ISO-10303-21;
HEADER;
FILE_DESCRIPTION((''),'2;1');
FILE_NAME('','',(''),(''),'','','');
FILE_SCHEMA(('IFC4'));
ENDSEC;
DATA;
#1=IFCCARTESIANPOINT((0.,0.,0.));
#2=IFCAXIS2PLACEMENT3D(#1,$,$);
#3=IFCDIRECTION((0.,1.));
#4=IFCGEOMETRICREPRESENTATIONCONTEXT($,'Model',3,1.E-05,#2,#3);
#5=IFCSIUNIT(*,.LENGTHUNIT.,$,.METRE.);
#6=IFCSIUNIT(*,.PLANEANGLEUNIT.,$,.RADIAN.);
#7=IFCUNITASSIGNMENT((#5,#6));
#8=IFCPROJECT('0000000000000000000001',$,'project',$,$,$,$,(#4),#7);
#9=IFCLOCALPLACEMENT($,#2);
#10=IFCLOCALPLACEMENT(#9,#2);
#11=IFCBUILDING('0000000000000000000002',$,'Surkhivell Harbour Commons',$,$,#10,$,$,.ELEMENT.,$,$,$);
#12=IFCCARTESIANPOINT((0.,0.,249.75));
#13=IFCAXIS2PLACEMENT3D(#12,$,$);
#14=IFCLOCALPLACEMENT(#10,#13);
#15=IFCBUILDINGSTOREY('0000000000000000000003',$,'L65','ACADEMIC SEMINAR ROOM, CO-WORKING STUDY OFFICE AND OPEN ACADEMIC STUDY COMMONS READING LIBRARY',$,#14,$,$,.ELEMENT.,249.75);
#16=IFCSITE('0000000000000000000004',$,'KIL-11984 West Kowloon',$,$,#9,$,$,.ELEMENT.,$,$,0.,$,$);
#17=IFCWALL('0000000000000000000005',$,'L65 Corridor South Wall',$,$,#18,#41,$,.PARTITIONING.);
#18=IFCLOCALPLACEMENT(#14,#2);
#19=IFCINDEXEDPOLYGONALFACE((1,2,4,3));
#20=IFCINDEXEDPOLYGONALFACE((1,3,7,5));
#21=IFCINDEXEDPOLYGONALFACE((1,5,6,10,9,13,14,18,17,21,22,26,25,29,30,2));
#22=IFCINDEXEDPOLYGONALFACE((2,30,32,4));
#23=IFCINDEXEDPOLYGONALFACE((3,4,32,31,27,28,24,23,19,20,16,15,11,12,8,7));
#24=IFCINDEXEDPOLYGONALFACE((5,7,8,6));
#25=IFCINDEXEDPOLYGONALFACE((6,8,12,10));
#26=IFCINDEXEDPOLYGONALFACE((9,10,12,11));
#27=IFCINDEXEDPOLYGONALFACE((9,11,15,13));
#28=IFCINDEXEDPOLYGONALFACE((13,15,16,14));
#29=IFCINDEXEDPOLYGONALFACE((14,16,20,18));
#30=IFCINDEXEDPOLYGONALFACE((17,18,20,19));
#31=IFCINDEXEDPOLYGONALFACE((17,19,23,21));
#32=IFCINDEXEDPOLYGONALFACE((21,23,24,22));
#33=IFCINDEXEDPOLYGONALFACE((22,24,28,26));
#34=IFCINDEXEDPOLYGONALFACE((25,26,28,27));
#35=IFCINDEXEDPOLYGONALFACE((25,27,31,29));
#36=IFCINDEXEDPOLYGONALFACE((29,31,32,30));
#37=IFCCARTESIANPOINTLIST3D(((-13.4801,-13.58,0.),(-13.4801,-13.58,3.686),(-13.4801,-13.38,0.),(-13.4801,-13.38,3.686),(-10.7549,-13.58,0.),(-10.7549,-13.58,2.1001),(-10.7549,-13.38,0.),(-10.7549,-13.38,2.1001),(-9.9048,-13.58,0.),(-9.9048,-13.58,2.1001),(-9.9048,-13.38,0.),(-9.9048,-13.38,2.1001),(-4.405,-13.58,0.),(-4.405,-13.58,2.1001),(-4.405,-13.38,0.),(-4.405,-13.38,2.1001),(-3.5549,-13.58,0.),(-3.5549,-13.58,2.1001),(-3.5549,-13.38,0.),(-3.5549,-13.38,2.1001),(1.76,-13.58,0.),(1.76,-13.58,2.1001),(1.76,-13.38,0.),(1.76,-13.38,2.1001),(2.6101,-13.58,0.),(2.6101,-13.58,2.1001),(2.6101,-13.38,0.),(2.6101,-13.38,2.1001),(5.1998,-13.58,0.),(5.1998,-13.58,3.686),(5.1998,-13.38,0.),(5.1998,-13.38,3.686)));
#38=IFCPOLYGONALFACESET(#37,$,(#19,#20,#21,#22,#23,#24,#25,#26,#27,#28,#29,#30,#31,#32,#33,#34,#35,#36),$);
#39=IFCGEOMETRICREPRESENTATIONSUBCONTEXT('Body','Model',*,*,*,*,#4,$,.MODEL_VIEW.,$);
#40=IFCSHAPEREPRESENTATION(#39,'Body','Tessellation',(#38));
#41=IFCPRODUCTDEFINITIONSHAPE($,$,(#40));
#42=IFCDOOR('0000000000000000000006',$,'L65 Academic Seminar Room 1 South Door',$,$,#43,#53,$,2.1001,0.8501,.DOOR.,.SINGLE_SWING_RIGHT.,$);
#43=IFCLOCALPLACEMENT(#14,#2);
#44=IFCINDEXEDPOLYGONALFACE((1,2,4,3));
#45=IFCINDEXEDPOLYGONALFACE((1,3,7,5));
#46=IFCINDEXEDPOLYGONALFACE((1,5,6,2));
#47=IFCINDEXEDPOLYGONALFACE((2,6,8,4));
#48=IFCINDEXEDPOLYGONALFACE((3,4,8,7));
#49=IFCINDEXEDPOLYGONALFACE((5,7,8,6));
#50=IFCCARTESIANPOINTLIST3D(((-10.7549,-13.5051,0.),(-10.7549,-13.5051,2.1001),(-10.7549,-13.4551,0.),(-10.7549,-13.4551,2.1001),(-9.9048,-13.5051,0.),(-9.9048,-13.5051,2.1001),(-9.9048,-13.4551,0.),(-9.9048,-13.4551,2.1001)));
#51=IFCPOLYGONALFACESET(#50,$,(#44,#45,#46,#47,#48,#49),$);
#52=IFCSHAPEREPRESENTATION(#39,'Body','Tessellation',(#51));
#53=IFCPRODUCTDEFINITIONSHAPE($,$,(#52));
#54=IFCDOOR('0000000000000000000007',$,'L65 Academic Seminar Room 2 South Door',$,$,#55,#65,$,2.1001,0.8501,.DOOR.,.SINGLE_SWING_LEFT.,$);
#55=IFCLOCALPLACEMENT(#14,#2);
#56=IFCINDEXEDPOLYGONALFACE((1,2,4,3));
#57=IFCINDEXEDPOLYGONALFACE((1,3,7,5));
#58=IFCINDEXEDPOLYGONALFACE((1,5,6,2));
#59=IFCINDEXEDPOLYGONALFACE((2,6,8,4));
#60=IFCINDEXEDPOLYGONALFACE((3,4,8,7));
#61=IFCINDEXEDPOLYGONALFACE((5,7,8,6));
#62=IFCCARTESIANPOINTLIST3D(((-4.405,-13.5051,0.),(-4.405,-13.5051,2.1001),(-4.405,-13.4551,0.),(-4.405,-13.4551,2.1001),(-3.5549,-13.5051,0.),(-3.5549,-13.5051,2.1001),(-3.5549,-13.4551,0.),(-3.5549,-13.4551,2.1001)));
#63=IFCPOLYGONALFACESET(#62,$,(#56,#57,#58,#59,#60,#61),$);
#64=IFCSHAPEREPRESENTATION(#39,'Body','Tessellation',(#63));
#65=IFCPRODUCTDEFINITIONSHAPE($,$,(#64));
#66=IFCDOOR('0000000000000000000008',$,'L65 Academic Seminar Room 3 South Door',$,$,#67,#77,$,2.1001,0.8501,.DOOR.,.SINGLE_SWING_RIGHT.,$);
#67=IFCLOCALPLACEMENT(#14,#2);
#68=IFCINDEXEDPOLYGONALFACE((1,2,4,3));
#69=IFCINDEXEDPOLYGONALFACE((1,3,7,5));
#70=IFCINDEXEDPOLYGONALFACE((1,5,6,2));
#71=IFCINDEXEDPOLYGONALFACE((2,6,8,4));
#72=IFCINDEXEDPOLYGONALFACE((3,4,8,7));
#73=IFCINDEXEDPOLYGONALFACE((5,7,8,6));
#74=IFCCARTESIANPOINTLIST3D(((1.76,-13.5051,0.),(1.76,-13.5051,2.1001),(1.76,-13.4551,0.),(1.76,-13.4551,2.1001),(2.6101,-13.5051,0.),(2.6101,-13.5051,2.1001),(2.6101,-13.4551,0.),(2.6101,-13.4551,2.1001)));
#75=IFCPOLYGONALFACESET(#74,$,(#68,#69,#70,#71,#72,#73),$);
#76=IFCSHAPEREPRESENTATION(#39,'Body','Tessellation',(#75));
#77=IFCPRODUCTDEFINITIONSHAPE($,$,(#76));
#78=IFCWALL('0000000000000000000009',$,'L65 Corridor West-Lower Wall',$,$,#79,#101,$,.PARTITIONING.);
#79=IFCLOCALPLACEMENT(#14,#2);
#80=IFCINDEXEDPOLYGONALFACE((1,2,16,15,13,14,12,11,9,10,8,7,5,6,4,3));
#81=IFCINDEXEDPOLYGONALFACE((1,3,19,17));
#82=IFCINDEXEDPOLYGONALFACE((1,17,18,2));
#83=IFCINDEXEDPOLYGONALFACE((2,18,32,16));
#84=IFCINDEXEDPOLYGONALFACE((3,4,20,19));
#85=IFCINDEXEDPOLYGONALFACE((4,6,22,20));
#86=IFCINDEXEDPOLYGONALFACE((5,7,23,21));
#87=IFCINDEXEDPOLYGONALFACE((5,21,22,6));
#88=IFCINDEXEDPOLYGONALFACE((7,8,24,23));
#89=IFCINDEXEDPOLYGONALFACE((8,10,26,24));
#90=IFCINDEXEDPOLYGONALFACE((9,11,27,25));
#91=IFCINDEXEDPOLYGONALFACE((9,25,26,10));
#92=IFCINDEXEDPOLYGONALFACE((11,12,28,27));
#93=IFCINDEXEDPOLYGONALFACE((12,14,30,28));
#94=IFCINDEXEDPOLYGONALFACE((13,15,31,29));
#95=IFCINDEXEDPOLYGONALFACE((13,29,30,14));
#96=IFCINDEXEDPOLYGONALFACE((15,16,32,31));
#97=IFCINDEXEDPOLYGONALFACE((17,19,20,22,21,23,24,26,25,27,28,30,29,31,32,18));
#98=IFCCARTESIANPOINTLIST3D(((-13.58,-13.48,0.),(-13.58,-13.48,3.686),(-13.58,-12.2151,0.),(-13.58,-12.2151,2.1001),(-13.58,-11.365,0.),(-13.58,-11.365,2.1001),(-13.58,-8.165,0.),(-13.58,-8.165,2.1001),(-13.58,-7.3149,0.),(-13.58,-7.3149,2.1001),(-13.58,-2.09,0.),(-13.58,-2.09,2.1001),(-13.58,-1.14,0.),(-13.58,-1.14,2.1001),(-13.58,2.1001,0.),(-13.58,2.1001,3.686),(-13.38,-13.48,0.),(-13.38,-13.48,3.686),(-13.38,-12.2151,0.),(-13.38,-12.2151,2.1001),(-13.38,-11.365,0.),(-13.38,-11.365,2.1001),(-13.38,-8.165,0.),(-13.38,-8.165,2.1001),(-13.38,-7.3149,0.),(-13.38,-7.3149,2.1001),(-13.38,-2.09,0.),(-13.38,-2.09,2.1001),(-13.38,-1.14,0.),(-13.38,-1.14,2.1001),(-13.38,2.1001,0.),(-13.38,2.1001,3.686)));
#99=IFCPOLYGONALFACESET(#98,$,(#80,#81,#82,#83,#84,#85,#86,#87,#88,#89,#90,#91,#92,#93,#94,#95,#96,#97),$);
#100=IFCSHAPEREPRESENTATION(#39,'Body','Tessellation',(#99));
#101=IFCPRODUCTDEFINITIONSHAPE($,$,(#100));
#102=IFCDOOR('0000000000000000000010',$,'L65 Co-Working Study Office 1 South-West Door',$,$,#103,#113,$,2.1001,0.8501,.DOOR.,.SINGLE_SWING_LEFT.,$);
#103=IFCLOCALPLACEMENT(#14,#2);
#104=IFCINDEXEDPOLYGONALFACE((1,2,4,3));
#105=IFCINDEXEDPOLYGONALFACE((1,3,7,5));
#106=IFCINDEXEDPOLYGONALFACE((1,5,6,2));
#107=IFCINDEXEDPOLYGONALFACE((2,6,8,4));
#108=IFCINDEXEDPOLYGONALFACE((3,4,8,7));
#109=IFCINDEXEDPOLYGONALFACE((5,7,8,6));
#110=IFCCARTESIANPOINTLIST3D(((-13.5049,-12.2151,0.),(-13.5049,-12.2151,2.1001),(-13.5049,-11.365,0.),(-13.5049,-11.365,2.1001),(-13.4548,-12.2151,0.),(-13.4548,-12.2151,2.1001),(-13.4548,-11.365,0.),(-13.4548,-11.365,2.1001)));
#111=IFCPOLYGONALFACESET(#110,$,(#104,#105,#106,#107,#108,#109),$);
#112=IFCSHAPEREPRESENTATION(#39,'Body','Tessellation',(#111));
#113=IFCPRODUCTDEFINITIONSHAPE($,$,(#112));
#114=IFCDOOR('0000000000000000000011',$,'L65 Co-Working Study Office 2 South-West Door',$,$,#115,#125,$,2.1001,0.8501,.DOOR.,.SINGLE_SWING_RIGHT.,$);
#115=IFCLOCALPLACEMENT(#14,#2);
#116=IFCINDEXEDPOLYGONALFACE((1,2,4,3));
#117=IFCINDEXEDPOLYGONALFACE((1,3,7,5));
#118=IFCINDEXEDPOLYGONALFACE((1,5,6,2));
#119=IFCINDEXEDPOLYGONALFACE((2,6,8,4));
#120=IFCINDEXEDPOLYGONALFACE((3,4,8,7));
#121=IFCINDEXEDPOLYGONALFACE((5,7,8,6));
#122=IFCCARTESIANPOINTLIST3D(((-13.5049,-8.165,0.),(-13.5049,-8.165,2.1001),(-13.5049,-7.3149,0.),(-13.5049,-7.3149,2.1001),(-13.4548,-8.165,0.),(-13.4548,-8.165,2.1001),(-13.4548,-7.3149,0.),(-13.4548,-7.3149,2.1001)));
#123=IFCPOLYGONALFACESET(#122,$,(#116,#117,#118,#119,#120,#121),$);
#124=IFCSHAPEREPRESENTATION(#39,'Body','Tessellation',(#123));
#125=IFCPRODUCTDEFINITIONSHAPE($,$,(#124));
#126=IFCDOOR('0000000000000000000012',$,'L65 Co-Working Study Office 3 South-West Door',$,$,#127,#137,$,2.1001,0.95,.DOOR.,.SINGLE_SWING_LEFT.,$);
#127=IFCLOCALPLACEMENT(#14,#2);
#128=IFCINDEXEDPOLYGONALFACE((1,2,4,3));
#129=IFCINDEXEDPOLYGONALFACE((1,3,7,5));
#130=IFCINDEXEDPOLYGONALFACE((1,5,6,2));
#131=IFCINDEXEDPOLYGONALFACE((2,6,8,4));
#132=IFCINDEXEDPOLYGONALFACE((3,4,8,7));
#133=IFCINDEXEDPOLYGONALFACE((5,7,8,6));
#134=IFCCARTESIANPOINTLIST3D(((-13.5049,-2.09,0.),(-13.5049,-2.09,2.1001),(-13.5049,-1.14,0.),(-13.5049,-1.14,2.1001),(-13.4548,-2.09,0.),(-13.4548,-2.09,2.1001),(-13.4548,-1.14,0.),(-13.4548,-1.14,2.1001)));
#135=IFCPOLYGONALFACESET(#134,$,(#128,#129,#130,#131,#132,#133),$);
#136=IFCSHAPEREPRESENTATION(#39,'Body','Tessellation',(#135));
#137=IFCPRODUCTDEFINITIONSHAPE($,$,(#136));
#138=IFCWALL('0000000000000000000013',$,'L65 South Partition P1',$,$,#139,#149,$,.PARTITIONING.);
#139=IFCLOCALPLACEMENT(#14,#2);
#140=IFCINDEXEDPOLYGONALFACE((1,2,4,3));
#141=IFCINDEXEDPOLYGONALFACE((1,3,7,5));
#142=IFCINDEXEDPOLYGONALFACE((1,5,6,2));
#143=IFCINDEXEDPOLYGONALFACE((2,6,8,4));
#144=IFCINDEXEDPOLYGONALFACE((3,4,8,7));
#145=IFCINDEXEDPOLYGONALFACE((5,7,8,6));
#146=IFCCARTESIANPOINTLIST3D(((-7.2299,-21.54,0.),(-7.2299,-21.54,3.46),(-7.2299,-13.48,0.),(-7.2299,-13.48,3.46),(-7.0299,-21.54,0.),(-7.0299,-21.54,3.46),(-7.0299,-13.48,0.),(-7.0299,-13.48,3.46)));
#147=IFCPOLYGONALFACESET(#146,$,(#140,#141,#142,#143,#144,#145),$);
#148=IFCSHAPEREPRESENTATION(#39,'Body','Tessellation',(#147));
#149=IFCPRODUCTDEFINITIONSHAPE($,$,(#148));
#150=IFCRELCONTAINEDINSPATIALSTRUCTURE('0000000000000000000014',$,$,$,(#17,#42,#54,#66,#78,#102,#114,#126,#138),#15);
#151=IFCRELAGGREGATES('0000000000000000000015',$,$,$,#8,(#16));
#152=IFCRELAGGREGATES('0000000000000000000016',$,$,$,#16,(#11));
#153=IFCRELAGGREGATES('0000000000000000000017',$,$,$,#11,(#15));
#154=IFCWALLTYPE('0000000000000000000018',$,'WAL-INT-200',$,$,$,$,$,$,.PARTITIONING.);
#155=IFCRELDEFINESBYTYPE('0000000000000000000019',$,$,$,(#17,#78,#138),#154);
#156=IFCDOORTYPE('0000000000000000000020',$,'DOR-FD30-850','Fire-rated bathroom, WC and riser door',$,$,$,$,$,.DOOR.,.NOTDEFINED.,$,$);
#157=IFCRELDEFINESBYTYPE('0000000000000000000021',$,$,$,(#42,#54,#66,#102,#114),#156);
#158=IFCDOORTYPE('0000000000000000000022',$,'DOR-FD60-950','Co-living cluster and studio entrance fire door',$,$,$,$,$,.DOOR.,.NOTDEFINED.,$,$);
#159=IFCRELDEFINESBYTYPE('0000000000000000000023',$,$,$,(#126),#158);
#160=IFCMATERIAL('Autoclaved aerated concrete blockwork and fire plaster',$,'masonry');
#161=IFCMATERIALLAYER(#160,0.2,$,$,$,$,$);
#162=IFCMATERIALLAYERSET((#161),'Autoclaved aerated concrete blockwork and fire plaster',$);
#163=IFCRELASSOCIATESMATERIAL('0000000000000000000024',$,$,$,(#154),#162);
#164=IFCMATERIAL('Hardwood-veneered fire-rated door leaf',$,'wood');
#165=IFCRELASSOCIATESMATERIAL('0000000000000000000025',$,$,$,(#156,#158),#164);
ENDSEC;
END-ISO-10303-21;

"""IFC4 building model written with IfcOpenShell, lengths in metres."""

from ifc_helpers import new_model, si_unit, direction, frame, frame_2d, origin, place, context, subcontext, project, spatial, rectangle, extrude, material, layer, layer_set, type_object, element, fill, save


model = new_model("IFC4")

# Units and contexts
model_context = context("Model", 3, precision=1e-05, world=origin(), true_north=direction((0.0, 1.0)))
body_context = subcontext(model_context, "Body", "Model", "MODEL_VIEW")
ifc_project = project(units=[si_unit("LENGTHUNIT", "METRE"), si_unit("PLANEANGLEUNIT", "RADIAN")], contexts=[model_context])

# Site, building, storey
site_placement = place(None, origin())
site = spatial("IfcSite", under=ifc_project, at=site_placement, Name="KIL-11984 West Kowloon", CompositionType="ELEMENT", RefElevation=0.0)
building_placement = place(site_placement, origin())
building = spatial("IfcBuilding", under=site, at=building_placement, Name="Surkhivell Harbour Commons", CompositionType="ELEMENT")
storey_placement = place(building_placement, frame((0.0, 0.0, 249.75)))
storey = spatial("IfcBuildingStorey", under=building, at=storey_placement, Name="L65", Description="ACADEMIC SEMINAR ROOM, CO-WORKING STUDY OFFICE AND OPEN ACADEMIC STUDY COMMONS READING LIBRARY", CompositionType="ELEMENT", Elevation=249.75)

# Walls, openings, doors
ifc_material_1 = material(Name="Autoclaved aerated concrete blockwork and fire plaster", Category="masonry")
ifc_layer_1 = layer(ifc_material_1, 0.2)
ifc_layer_set_1 = layer_set([ifc_layer_1], Name="Autoclaved aerated concrete blockwork and fire plaster")
wall_type_1 = type_object("IfcWallType", Name="WAL-INT-200", PredefinedType="PARTITIONING", material=ifc_layer_set_1)
wall_1_placement = place(storey_placement, frame((-13.48, -13.48, 0.0), z_axis=(0.0, 0.0, 1.0), x_axis=(1.0, 0.0, 0.0)))
wall_1 = element("IfcWall", 1, at=wall_1_placement, inside=storey, type_object=wall_type_1, Name="L65 Corridor South Wall", PredefinedType="PARTITIONING", context=body_context, shape_type="SweptSolid", body=[
    extrude(rectangle(XDim=18.6799, YDim=0.2, at=frame_2d((9.3398, 0.0))), origin(), (0.0, 0.0, 1.0), 3.686),
])
opening_1_placement = place(wall_1_placement, frame((2.7251, 0.0, 0.0)))
opening_1 = element("IfcOpeningElement", 2, at=opening_1_placement, cuts=wall_1, PredefinedType="OPENING", context=body_context, shape_type="SweptSolid", body=[
    extrude(rectangle(XDim=0.8501, YDim=2.1001, at=frame_2d((0.425, 1.05))), frame((0.0, 0.1099, 0.0), z_axis=(0.0, -1.0, 0.0), x_axis=(1.0, 0.0, 0.0)), (0.0, 0.0, 1.0), 0.22),
])
opening_2_placement = place(wall_1_placement, frame((9.075, 0.0, 0.0)))
opening_2 = element("IfcOpeningElement", 3, at=opening_2_placement, cuts=wall_1, PredefinedType="OPENING", context=body_context, shape_type="SweptSolid", body=[
    extrude(rectangle(XDim=0.8501, YDim=2.1001, at=frame_2d((0.425, 1.05))), frame((0.0, 0.1099, 0.0), z_axis=(0.0, -1.0, 0.0), x_axis=(1.0, 0.0, 0.0)), (0.0, 0.0, 1.0), 0.22),
])
opening_3_placement = place(wall_1_placement, frame((15.24, 0.0, 0.0)))
opening_3 = element("IfcOpeningElement", 4, at=opening_3_placement, cuts=wall_1, PredefinedType="OPENING", context=body_context, shape_type="SweptSolid", body=[
    extrude(rectangle(XDim=0.8501, YDim=2.1001, at=frame_2d((0.425, 1.05))), frame((0.0, 0.1099, 0.0), z_axis=(0.0, -1.0, 0.0), x_axis=(1.0, 0.0, 0.0)), (0.0, 0.0, 1.0), 0.22),
])
ifc_material_2 = material(Name="Hardwood-veneered fire-rated door leaf", Category="wood")
door_type_1 = type_object("IfcDoorType", Name="DOR-FD30-850", Description="Fire-rated bathroom, WC and riser door", OperationType="NOTDEFINED", PredefinedType="DOOR", material=ifc_material_2)
door_1_placement = place(opening_1_placement, origin())
door_1 = element("IfcDoor", 5, at=door_1_placement, inside=storey, type_object=door_type_1, Name="L65 Academic Seminar Room 1 South Door", OperationType="SINGLE_SWING_RIGHT", OverallHeight=2.1001, OverallWidth=0.8501, PredefinedType="DOOR", context=body_context, shape_type="SweptSolid", body=[
    extrude(rectangle(XDim=0.8501, YDim=2.1001, at=frame_2d((0.425, 1.05))), frame((0.0, 0.0249, 0.0), z_axis=(0.0, -1.0, 0.0), x_axis=(1.0, 0.0, 0.0)), (0.0, 0.0, 1.0), 0.05),
])
fill(opening_1, door_1)
door_2_placement = place(opening_2_placement, origin())
door_2 = element("IfcDoor", 6, at=door_2_placement, inside=storey, type_object=door_type_1, Name="L65 Academic Seminar Room 2 South Door", OperationType="SINGLE_SWING_LEFT", OverallHeight=2.1001, OverallWidth=0.8501, PredefinedType="DOOR", context=body_context, shape_type="SweptSolid", body=[
    extrude(rectangle(XDim=0.8501, YDim=2.1001, at=frame_2d((0.425, 1.05))), frame((0.0, 0.0249, 0.0), z_axis=(0.0, -1.0, 0.0), x_axis=(1.0, 0.0, 0.0)), (0.0, 0.0, 1.0), 0.05),
])
fill(opening_2, door_2)
door_3_placement = place(opening_3_placement, origin())
door_3 = element("IfcDoor", 7, at=door_3_placement, inside=storey, type_object=door_type_1, Name="L65 Academic Seminar Room 3 South Door", OperationType="SINGLE_SWING_RIGHT", OverallHeight=2.1001, OverallWidth=0.8501, PredefinedType="DOOR", context=body_context, shape_type="SweptSolid", body=[
    extrude(rectangle(XDim=0.8501, YDim=2.1001, at=frame_2d((0.425, 1.05))), frame((0.0, 0.0249, 0.0), z_axis=(0.0, -1.0, 0.0), x_axis=(1.0, 0.0, 0.0)), (0.0, 0.0, 1.0), 0.05),
])
fill(opening_3, door_3)
wall_2_placement = place(storey_placement, frame((-13.48, -13.48, 0.0), z_axis=(0.0, 0.0, 1.0), x_axis=(0.0, 1.0, 0.0)))
wall_2 = element("IfcWall", 8, at=wall_2_placement, inside=storey, type_object=wall_type_1, Name="L65 Corridor West-Lower Wall", PredefinedType="PARTITIONING", context=body_context, shape_type="SweptSolid", body=[
    extrude(rectangle(XDim=15.5801, YDim=0.2, at=frame_2d((7.79, 0.0))), origin(), (0.0, 0.0, 1.0), 3.686),
])
opening_4_placement = place(wall_2_placement, frame((1.2649, 0.0, 0.0)))
opening_4 = element("IfcOpeningElement", 9, at=opening_4_placement, cuts=wall_2, PredefinedType="OPENING", context=body_context, shape_type="SweptSolid", body=[
    extrude(rectangle(XDim=0.8501, YDim=2.1001, at=frame_2d((0.425, 1.05))), frame((0.0, 0.1099, 0.0), z_axis=(0.0, -1.0, 0.0), x_axis=(1.0, 0.0, 0.0)), (0.0, 0.0, 1.0), 0.22),
])
opening_5_placement = place(wall_2_placement, frame((5.3149, 0.0, 0.0)))
opening_5 = element("IfcOpeningElement", 10, at=opening_5_placement, cuts=wall_2, PredefinedType="OPENING", context=body_context, shape_type="SweptSolid", body=[
    extrude(rectangle(XDim=0.8501, YDim=2.1001, at=frame_2d((0.425, 1.05))), frame((0.0, 0.1099, 0.0), z_axis=(0.0, -1.0, 0.0), x_axis=(1.0, 0.0, 0.0)), (0.0, 0.0, 1.0), 0.22),
])
opening_6_placement = place(wall_2_placement, frame((11.3899, 0.0, 0.0)))
opening_6 = element("IfcOpeningElement", 11, at=opening_6_placement, cuts=wall_2, PredefinedType="OPENING", context=body_context, shape_type="SweptSolid", body=[
    extrude(rectangle(XDim=0.95, YDim=2.1001, at=frame_2d((0.4751, 1.05))), frame((0.0, 0.1099, 0.0), z_axis=(0.0, -1.0, 0.0), x_axis=(1.0, 0.0, 0.0)), (0.0, 0.0, 1.0), 0.22),
])
door_4_placement = place(opening_4_placement, origin())
door_4 = element("IfcDoor", 12, at=door_4_placement, inside=storey, type_object=door_type_1, Name="L65 Co-Working Study Office 1 South-West Door", OperationType="SINGLE_SWING_LEFT", OverallHeight=2.1001, OverallWidth=0.8501, PredefinedType="DOOR", context=body_context, shape_type="SweptSolid", body=[
    extrude(rectangle(XDim=0.8501, YDim=2.1001, at=frame_2d((0.425, 1.05))), frame((0.0, 0.0249, 0.0), z_axis=(0.0, -1.0, 0.0), x_axis=(1.0, 0.0, 0.0)), (0.0, 0.0, 1.0), 0.05),
])
fill(opening_4, door_4)
door_5_placement = place(opening_5_placement, origin())
door_5 = element("IfcDoor", 13, at=door_5_placement, inside=storey, type_object=door_type_1, Name="L65 Co-Working Study Office 2 South-West Door", OperationType="SINGLE_SWING_RIGHT", OverallHeight=2.1001, OverallWidth=0.8501, PredefinedType="DOOR", context=body_context, shape_type="SweptSolid", body=[
    extrude(rectangle(XDim=0.8501, YDim=2.1001, at=frame_2d((0.425, 1.05))), frame((0.0, 0.0249, 0.0), z_axis=(0.0, -1.0, 0.0), x_axis=(1.0, 0.0, 0.0)), (0.0, 0.0, 1.0), 0.05),
])
fill(opening_5, door_5)
door_type_2 = type_object("IfcDoorType", Name="DOR-FD60-950", Description="Co-living cluster and studio entrance fire door", OperationType="NOTDEFINED", PredefinedType="DOOR", material=ifc_material_2)
door_6_placement = place(opening_6_placement, origin())
door_6 = element("IfcDoor", 14, at=door_6_placement, inside=storey, type_object=door_type_2, Name="L65 Co-Working Study Office 3 South-West Door", OperationType="SINGLE_SWING_LEFT", OverallHeight=2.1001, OverallWidth=0.95, PredefinedType="DOOR", context=body_context, shape_type="SweptSolid", body=[
    extrude(rectangle(XDim=0.95, YDim=2.1001, at=frame_2d((0.4751, 1.05))), frame((0.0, 0.0249, 0.0), z_axis=(0.0, -1.0, 0.0), x_axis=(1.0, 0.0, 0.0)), (0.0, 0.0, 1.0), 0.05),
])
fill(opening_6, door_6)

# Wall
wall_3_placement = place(storey_placement, frame((-7.1299, -21.54, 0.0), z_axis=(0.0, 0.0, 1.0), x_axis=(0.0, 1.0, 0.0)))
element("IfcWall", 15, at=wall_3_placement, inside=storey, type_object=wall_type_1, Name="L65 South Partition P1", PredefinedType="PARTITIONING", context=body_context, shape_type="SweptSolid", body=[
    extrude(rectangle(XDim=8.0601, YDim=0.2, at=frame_2d((4.03, 0.0))), origin(), (0.0, 0.0, 1.0), 3.46),
])

save(model, "model.ifc")
